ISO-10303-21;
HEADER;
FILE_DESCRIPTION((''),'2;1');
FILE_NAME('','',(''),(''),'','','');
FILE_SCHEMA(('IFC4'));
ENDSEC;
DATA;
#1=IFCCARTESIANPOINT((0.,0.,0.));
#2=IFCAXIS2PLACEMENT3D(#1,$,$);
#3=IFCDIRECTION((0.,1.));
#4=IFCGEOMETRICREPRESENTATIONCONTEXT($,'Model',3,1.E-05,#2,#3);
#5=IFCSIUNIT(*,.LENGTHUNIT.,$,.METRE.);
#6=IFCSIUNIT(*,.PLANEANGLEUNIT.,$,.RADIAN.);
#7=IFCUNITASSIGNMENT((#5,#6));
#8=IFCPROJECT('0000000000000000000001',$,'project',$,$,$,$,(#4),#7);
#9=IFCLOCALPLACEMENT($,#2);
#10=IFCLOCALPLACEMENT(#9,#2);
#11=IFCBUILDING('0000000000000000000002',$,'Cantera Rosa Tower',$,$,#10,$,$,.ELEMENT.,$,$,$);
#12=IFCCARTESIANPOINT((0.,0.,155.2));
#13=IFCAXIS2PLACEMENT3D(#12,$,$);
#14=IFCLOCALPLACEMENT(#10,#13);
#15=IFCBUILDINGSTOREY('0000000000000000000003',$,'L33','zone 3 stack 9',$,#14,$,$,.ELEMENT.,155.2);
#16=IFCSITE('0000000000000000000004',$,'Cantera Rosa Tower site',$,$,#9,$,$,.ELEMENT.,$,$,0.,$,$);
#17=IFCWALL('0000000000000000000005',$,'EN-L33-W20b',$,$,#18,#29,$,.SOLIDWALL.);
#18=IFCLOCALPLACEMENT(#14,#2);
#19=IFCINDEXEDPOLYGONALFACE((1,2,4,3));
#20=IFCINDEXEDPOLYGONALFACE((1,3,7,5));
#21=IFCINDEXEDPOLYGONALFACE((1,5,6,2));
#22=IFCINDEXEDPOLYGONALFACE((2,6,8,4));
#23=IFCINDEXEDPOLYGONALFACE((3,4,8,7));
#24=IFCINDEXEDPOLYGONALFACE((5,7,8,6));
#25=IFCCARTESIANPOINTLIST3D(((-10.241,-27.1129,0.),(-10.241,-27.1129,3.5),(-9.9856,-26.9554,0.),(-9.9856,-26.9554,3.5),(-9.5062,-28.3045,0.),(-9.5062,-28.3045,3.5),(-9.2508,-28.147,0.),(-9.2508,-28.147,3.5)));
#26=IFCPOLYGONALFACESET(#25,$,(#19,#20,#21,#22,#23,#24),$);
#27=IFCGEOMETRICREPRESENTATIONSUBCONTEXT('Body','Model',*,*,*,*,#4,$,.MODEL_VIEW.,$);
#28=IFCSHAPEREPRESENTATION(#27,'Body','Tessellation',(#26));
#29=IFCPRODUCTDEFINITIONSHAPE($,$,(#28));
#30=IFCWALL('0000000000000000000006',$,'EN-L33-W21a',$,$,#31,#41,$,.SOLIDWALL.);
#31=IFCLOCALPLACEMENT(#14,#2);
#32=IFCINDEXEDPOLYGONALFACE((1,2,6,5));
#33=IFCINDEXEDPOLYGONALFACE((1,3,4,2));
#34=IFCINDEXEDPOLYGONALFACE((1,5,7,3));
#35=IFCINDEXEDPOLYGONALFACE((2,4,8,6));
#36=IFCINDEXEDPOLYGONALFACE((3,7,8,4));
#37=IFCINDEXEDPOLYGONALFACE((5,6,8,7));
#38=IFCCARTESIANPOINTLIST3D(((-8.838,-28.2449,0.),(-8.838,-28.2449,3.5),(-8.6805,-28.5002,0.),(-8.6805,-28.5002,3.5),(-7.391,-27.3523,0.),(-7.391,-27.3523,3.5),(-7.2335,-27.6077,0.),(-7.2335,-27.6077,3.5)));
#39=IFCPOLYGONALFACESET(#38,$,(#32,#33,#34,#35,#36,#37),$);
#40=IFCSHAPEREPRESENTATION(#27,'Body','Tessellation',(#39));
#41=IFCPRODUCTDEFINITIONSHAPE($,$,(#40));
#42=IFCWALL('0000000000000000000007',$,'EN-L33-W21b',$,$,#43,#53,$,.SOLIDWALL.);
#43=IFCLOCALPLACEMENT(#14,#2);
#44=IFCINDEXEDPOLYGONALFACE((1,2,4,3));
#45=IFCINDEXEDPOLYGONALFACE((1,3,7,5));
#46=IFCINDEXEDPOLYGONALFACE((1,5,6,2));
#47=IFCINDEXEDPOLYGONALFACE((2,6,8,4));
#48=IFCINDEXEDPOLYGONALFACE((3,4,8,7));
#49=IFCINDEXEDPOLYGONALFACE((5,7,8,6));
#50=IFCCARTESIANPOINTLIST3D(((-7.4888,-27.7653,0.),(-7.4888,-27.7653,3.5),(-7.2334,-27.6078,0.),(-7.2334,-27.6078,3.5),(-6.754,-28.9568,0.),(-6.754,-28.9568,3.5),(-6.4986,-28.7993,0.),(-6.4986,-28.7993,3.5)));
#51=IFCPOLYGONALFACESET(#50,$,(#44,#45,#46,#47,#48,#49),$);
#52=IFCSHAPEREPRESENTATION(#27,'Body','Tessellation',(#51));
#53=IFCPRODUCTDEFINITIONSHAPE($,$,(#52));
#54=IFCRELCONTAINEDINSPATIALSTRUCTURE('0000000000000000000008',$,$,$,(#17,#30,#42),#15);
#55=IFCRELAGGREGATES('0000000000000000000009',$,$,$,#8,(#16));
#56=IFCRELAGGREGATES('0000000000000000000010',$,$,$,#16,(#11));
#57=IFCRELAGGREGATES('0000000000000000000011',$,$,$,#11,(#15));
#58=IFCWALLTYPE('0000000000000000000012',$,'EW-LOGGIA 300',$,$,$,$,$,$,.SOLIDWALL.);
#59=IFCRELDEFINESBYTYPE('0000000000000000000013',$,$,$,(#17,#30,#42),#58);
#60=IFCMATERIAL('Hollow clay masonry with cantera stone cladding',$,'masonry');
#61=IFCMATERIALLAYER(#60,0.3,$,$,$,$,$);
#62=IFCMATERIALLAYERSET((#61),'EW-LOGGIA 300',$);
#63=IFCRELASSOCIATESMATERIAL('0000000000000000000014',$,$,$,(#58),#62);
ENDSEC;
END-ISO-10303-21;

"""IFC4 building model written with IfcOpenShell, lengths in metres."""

from ifc_helpers import new_model, si_unit, direction, frame, frame_2d, origin, place, context, subcontext, project, spatial, rectangle, extrude, material, layer, layer_set, type_object, element, save


model = new_model("IFC4")

# Units and contexts
model_context = context("Model", 3, precision=1e-05, world=origin(), true_north=direction((0.0, 1.0)))
body_context = subcontext(model_context, "Body", "Model", "MODEL_VIEW")
ifc_project = project(units=[si_unit("LENGTHUNIT", "METRE"), si_unit("PLANEANGLEUNIT", "RADIAN")], contexts=[model_context])

# Site, building, storey
site_placement = place(None, origin())
site = spatial("IfcSite", under=ifc_project, at=site_placement, Name="Cantera Rosa Tower site", CompositionType="ELEMENT", RefElevation=0.0)
building_placement = place(site_placement, origin())
building = spatial("IfcBuilding", under=site, at=building_placement, Name="Cantera Rosa Tower", CompositionType="ELEMENT")
storey_placement = place(building_placement, frame((0.0, 0.0, 155.2)))
storey = spatial("IfcBuildingStorey", under=building, at=storey_placement, Name="L33", Description="zone 3 stack 9", CompositionType="ELEMENT", Elevation=155.2)

# Walls
ifc_material_1 = material(Name="Hollow clay masonry with cantera stone cladding", Category="masonry")
ifc_layer_1 = layer(ifc_material_1, 0.3)
ifc_layer_set_1 = layer_set([ifc_layer_1], Name="EW-LOGGIA 300")
wall_type_1 = type_object("IfcWallType", Name="EW-LOGGIA 300", PredefinedType="SOLIDWALL", material=ifc_layer_set_1)
wall_1_placement = place(storey_placement, frame((-10.1133, -27.0342, 0.0), z_axis=(0.0, 0.0, 1.0), x_axis=(0.524895, -0.851167, 0.0)))
element("IfcWall", 1, at=wall_1_placement, inside=storey, type_object=wall_type_1, Name="EN-L33-W20b", PredefinedType="SOLIDWALL", context=body_context, shape_type="SweptSolid", body=[
    extrude(rectangle(XDim=1.3999, YDim=0.3, at=frame_2d((0.7, 0.0))), origin(), (0.0, 0.0, 1.0), 3.5),
])
wall_2_placement = place(storey_placement, frame((-8.7593, -28.3726, 0.0), z_axis=(0.0, 0.0, 1.0), x_axis=(0.851106, 0.524994, 0.0)))
element("IfcWall", 2, at=wall_2_placement, inside=storey, type_object=wall_type_1, Name="EN-L33-W21a", PredefinedType="SOLIDWALL", context=body_context, shape_type="SweptSolid", body=[
    extrude(rectangle(XDim=1.7002, YDim=0.3, at=frame_2d((0.8501, 0.0))), origin(), (0.0, 0.0, 1.0), 3.5),
])
wall_3_placement = place(storey_placement, frame((-7.3611, -27.6865, 0.0), z_axis=(0.0, 0.0, 1.0), x_axis=(0.524895, -0.851167, 0.0)))
element("IfcWall", 3, at=wall_3_placement, inside=storey, type_object=wall_type_1, Name="EN-L33-W21b", PredefinedType="SOLIDWALL", context=body_context, shape_type="SweptSolid", body=[
    extrude(rectangle(XDim=1.3999, YDim=0.3, at=frame_2d((0.7, 0.0))), origin(), (0.0, 0.0, 1.0), 3.5),
])

save(model, "model.ifc")
